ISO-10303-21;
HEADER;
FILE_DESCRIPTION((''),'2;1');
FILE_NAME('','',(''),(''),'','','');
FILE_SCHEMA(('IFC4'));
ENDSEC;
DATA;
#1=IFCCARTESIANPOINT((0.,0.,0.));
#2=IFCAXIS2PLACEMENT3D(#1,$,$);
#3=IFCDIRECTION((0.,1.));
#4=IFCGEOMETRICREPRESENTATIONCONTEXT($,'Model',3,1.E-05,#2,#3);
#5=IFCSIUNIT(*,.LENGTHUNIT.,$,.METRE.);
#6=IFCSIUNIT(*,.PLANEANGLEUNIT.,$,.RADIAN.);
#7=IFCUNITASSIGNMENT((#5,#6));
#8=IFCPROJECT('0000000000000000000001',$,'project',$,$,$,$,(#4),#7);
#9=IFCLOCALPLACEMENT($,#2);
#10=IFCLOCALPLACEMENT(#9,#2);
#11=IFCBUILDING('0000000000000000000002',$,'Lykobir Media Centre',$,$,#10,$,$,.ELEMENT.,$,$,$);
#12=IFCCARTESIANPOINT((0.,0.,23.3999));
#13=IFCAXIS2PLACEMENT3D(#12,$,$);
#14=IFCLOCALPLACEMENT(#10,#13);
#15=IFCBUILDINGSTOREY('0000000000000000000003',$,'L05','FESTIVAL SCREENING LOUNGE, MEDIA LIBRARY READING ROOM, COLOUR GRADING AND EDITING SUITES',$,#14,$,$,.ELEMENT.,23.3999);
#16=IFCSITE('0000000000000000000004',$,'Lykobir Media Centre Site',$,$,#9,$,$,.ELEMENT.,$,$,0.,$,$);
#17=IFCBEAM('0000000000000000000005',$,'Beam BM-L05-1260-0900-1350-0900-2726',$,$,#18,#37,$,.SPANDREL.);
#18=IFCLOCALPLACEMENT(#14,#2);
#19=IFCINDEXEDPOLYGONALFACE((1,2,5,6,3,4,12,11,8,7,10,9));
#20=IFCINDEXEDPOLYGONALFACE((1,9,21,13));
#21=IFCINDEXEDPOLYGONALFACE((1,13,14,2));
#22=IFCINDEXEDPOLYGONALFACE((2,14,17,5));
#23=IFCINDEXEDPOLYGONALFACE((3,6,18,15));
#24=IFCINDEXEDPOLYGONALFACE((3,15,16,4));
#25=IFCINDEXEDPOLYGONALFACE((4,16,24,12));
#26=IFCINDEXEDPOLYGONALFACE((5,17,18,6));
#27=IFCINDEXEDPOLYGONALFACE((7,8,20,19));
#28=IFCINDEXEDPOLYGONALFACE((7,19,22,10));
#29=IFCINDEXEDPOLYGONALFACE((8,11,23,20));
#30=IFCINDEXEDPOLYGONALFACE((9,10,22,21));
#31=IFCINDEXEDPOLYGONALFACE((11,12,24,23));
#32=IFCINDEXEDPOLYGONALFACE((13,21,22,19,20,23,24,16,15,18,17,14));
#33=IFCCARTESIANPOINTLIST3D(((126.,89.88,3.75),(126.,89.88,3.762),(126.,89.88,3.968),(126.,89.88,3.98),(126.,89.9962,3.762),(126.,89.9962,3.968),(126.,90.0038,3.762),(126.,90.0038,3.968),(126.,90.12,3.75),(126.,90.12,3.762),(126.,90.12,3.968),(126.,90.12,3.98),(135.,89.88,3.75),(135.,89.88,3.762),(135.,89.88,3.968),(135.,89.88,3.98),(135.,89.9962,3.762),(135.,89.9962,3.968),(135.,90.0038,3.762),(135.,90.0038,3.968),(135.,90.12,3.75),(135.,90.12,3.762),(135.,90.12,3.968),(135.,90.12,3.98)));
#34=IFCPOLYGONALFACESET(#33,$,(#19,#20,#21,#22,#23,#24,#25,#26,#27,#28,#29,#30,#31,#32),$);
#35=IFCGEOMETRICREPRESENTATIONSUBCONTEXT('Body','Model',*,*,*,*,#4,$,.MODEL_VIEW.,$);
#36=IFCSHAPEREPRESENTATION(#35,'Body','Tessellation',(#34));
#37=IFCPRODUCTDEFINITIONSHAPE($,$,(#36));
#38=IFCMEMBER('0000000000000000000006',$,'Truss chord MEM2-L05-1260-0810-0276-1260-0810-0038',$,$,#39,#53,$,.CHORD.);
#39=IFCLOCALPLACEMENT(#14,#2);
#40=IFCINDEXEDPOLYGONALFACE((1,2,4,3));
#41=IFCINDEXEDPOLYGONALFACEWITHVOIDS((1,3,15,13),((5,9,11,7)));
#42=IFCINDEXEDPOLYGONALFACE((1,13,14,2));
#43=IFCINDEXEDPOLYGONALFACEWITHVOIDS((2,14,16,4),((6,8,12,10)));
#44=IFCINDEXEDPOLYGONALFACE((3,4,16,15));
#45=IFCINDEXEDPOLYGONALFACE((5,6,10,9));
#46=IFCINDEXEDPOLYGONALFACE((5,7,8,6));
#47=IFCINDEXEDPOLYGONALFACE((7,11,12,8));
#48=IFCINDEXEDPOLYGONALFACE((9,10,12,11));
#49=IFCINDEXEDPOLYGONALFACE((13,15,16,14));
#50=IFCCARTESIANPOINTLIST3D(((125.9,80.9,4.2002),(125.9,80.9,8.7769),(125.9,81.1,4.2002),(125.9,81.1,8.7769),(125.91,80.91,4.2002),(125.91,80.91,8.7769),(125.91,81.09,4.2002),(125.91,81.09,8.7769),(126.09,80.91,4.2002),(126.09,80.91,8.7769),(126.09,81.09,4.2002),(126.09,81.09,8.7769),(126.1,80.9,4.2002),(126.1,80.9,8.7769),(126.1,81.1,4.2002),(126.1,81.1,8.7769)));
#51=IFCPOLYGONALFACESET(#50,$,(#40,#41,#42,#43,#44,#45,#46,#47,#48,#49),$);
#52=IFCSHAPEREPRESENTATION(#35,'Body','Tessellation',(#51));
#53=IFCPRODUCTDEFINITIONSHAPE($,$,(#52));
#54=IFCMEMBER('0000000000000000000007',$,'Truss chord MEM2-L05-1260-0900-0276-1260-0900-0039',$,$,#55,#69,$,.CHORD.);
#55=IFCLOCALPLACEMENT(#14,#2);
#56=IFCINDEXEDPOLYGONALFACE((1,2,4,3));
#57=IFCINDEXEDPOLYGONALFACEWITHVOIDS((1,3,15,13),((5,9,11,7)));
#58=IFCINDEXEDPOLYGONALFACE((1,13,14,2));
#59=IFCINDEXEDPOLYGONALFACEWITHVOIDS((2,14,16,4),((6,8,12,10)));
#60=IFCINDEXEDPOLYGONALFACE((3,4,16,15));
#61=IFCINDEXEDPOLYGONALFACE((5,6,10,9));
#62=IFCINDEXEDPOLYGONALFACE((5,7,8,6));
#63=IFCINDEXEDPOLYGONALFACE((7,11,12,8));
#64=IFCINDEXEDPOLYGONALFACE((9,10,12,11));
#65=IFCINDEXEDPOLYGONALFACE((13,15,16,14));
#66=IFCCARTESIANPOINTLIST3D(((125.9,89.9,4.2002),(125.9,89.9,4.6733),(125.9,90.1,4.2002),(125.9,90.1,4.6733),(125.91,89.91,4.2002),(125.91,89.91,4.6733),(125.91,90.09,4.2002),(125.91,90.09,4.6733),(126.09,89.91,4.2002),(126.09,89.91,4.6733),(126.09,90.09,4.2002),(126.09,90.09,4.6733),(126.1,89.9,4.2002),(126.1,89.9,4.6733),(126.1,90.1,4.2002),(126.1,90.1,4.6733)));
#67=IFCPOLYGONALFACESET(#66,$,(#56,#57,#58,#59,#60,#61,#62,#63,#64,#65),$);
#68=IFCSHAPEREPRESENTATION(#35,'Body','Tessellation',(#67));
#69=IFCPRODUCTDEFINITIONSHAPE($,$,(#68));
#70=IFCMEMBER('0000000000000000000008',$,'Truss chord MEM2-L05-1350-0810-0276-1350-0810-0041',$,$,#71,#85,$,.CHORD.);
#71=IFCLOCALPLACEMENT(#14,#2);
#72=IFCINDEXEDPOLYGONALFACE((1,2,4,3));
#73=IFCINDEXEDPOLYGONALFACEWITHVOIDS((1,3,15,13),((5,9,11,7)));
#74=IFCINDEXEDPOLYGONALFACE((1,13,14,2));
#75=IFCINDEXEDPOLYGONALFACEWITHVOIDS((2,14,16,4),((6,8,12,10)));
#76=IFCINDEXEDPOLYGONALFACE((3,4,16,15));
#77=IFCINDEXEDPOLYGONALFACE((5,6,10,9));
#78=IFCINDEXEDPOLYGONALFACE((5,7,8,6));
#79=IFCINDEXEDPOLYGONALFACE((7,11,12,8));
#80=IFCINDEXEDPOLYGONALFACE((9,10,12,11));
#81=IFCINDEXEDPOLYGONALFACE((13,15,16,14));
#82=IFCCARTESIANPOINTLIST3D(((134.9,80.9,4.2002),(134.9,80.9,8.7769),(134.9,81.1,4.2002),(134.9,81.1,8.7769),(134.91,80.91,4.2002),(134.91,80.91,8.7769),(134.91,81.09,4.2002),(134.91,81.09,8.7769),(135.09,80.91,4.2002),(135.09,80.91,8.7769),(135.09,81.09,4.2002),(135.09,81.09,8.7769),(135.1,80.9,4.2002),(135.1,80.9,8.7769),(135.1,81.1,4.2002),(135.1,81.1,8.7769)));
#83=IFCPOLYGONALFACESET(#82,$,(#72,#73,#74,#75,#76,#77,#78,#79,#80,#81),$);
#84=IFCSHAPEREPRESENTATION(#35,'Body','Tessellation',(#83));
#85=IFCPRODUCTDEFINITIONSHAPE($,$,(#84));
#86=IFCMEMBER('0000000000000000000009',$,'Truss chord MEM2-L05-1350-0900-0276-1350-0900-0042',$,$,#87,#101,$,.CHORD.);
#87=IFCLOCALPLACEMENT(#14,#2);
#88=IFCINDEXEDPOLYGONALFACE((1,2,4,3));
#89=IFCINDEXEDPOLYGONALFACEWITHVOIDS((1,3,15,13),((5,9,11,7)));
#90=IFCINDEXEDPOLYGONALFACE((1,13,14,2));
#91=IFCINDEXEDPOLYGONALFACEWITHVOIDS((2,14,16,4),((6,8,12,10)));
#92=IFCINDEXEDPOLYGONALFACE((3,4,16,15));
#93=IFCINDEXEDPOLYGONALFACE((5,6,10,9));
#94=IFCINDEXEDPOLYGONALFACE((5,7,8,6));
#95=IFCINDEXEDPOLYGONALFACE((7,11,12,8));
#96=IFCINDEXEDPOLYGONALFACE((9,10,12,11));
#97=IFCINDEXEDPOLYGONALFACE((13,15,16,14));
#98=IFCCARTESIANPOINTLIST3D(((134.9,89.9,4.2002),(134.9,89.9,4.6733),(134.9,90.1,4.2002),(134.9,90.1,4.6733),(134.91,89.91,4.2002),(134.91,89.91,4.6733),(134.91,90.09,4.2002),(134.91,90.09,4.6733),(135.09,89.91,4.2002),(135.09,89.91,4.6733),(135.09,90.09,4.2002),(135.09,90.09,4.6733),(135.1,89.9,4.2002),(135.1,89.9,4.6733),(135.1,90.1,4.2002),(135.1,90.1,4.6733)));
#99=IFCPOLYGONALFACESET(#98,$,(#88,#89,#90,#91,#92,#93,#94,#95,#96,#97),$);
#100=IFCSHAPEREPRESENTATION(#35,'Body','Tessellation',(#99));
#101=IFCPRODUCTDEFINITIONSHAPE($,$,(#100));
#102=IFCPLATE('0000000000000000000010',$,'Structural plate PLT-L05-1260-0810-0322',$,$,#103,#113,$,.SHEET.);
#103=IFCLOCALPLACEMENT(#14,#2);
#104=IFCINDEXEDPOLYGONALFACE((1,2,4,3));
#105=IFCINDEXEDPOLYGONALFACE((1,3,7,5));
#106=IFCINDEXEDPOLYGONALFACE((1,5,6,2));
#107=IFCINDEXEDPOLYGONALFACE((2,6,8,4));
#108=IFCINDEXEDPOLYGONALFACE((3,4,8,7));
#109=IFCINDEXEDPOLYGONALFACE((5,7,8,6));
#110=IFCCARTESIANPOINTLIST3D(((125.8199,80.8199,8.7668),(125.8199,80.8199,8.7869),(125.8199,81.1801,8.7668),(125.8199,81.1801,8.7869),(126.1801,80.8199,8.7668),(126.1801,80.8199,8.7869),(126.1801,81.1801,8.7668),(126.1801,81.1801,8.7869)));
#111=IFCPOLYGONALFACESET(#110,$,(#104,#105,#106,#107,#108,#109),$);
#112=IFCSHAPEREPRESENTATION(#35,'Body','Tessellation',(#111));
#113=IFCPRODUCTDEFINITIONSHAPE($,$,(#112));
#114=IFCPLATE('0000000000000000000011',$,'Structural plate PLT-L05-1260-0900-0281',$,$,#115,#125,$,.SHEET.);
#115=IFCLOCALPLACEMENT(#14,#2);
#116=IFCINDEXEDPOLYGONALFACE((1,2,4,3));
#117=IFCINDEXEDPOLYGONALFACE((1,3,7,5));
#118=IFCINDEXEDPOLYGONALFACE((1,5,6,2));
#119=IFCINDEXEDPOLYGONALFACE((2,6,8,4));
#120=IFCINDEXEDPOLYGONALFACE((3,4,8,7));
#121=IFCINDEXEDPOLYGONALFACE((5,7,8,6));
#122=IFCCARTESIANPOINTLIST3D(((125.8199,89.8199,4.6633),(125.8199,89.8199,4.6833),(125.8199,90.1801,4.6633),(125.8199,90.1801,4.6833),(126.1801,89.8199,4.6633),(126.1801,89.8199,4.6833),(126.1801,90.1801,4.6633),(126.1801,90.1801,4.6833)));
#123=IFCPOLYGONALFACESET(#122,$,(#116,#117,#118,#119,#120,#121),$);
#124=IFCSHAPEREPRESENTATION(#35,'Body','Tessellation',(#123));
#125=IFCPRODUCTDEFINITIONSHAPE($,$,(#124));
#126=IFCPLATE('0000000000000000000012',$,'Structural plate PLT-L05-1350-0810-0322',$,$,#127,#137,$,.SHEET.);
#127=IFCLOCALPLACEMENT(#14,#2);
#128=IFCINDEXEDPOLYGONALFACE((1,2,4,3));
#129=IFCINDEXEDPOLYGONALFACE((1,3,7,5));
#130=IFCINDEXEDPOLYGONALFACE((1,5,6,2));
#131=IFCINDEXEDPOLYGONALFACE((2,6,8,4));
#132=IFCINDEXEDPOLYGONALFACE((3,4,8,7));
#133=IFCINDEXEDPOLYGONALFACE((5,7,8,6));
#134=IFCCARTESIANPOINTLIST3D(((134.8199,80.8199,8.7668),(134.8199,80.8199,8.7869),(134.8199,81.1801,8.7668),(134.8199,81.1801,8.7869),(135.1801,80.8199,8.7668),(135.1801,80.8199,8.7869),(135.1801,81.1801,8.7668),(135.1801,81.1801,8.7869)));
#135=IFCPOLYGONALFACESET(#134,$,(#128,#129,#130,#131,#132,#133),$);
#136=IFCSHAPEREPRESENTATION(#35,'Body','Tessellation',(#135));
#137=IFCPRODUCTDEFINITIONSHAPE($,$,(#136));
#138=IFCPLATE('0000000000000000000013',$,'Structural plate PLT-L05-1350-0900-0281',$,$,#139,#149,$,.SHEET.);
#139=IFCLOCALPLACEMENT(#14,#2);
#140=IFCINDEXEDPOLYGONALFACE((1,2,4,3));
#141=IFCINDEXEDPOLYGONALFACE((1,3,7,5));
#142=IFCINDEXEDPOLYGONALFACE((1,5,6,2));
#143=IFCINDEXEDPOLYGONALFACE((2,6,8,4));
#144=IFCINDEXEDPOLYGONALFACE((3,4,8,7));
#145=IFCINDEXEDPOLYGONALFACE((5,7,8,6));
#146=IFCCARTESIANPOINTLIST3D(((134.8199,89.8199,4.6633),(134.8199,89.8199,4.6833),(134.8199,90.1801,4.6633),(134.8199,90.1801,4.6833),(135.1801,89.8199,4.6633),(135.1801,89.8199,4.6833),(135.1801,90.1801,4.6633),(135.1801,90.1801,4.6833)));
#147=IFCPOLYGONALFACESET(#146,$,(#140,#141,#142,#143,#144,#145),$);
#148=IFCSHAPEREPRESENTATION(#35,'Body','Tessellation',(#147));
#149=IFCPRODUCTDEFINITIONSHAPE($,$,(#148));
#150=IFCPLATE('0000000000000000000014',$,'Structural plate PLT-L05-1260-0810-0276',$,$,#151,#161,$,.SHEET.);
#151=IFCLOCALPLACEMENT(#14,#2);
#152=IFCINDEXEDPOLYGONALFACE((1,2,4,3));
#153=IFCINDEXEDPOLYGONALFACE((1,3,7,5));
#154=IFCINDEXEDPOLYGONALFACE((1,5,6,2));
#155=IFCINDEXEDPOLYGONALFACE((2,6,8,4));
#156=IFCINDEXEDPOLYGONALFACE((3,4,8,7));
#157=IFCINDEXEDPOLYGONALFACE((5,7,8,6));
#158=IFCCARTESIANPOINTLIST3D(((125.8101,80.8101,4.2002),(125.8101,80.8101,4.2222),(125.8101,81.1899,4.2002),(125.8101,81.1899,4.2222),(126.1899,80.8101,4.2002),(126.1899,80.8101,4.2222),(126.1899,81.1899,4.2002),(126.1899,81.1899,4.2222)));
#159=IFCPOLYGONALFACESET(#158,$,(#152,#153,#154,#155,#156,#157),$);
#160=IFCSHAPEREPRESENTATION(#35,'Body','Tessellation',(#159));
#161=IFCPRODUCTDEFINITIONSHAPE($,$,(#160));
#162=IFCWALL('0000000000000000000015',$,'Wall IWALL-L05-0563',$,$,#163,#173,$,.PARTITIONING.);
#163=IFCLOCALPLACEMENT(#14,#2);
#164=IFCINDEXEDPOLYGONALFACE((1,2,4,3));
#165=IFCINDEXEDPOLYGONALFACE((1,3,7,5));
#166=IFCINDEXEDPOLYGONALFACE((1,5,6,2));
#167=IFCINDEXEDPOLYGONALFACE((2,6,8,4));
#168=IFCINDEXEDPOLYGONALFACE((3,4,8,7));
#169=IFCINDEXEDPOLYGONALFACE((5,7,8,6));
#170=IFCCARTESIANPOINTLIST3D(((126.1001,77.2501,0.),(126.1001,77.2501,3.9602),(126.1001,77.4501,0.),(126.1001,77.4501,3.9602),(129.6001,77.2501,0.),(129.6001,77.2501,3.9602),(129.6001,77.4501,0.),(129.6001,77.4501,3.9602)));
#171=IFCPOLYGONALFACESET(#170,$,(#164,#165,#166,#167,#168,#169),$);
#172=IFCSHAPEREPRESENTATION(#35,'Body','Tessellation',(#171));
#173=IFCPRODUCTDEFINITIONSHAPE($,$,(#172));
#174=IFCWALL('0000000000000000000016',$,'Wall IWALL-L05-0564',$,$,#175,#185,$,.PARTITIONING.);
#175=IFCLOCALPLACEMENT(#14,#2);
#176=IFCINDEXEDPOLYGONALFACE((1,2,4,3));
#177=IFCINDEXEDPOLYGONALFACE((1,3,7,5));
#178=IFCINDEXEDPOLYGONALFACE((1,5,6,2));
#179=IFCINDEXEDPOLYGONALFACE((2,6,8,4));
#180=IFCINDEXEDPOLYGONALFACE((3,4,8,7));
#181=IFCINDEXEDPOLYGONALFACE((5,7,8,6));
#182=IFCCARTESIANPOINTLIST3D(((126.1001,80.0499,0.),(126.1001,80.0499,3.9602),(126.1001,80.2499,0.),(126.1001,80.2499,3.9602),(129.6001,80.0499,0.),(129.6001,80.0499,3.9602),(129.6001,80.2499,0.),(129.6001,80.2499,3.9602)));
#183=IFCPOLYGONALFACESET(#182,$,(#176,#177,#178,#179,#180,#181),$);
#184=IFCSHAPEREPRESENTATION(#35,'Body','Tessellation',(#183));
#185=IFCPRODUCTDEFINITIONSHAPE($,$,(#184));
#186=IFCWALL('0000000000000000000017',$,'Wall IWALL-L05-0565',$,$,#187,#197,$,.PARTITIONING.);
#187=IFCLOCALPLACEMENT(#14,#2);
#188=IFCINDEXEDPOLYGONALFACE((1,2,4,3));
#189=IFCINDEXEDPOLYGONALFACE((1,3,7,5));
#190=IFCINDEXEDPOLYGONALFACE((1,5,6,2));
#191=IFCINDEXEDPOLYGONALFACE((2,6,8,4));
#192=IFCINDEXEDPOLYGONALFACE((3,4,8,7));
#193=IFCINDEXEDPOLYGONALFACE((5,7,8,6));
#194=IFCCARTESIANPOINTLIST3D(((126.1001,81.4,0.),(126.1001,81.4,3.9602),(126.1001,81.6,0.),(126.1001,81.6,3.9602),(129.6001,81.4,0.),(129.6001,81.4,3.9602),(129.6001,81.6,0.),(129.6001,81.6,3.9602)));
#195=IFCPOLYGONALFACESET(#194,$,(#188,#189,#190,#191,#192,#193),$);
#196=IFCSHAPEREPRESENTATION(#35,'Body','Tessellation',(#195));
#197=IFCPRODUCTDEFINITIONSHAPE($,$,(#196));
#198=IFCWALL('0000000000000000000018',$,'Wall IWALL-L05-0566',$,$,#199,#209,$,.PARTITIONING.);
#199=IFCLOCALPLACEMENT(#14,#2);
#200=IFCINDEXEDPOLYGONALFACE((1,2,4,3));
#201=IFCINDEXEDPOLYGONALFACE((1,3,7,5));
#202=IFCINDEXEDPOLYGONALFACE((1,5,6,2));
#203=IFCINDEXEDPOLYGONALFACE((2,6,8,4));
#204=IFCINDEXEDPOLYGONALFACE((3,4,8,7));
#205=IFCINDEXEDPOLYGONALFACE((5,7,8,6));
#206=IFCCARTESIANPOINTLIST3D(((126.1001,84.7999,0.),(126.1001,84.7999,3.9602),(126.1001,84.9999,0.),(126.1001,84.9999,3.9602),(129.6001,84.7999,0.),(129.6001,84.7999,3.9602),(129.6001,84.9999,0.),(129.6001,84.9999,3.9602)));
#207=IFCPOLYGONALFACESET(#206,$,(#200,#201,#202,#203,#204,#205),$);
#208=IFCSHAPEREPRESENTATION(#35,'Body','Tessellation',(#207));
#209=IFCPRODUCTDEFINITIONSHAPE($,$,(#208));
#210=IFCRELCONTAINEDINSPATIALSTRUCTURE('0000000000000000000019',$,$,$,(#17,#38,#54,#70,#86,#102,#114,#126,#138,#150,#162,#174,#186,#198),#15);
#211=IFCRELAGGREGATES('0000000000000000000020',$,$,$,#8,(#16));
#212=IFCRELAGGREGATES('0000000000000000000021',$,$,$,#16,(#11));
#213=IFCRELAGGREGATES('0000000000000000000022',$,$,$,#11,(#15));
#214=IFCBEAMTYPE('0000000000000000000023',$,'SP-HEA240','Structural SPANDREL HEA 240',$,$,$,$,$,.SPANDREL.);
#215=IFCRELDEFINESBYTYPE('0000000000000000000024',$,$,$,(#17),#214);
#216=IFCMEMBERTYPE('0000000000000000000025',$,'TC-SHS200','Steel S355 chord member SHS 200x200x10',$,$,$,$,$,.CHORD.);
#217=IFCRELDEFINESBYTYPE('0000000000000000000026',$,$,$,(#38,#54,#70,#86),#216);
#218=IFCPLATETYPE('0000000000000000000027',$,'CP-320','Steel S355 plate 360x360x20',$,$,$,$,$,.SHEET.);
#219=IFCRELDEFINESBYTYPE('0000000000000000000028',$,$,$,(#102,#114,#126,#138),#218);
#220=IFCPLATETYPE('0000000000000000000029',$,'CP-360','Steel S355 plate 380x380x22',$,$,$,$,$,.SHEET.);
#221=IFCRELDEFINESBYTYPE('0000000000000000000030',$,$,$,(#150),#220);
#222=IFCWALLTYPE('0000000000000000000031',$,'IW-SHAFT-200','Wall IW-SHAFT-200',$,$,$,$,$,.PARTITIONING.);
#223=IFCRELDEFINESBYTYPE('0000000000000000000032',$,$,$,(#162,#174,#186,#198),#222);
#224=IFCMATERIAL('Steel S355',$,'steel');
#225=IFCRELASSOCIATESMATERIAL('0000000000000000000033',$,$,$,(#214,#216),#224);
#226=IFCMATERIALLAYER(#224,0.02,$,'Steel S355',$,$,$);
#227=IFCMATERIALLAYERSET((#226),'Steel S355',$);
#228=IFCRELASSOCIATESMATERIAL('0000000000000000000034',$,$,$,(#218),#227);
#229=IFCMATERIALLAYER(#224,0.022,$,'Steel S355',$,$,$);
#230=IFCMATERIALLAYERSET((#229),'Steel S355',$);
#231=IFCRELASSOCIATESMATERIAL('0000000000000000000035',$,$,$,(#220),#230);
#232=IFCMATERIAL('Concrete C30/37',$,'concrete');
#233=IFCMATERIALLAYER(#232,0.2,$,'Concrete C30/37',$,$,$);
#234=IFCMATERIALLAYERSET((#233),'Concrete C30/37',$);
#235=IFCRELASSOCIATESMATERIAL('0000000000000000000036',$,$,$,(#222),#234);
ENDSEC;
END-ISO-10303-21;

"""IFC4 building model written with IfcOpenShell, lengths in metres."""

from ifc_helpers import new_model, si_unit, direction, frame, frame_2d, origin, origin_2d, place, context, subcontext, project, spatial, rectangle, hollow_rectangle, i_section, extrude, material, layer, layer_set, material_profile, profile_set, type_object, element, save


model = new_model("IFC4")

# Units and contexts
model_context = context("Model", 3, precision=1e-05, world=origin(), true_north=direction((0.0, 1.0)))
body_context = subcontext(model_context, "Body", "Model", "MODEL_VIEW")
ifc_project = project(units=[si_unit("LENGTHUNIT", "METRE"), si_unit("PLANEANGLEUNIT", "RADIAN")], contexts=[model_context])

# Site, building, storey
site_placement = place(None, origin())
site = spatial("IfcSite", under=ifc_project, at=site_placement, Name="Lykobir Media Centre Site", CompositionType="ELEMENT", RefElevation=0.0)
building_placement = place(site_placement, origin())
building = spatial("IfcBuilding", under=site, at=building_placement, Name="Lykobir Media Centre", CompositionType="ELEMENT")
storey_placement = place(building_placement, frame((0.0, 0.0, 23.3999)))
storey = spatial("IfcBuildingStorey", under=building, at=storey_placement, Name="L05", Description="FESTIVAL SCREENING LOUNGE, MEDIA LIBRARY READING ROOM, COLOUR GRADING AND EDITING SUITES", CompositionType="ELEMENT", Elevation=23.3999)

# Shared definitions
ifc_material_1 = material(Name="Steel S355", Category="steel")

# Beam
ifc_material_profile_1 = material_profile(ifc_material_1, i_section(OverallWidth=0.24, OverallDepth=0.23, WebThickness=0.0076, FlangeThickness=0.012, at=origin_2d()), Name="HEA 240")
ifc_profile_set_1 = profile_set([ifc_material_profile_1], Name="Steel S355")
beam_type_1 = type_object("IfcBeamType", Name="SP-HEA240", Description="Structural SPANDREL HEA 240", PredefinedType="SPANDREL", material=ifc_profile_set_1)
beam_placement = place(storey_placement, frame((126.0, 90.0, 3.865), z_axis=(1.0, 0.0, 0.0), x_axis=(0.0, 1.0, 0.0)))
element("IfcBeam", 1, at=beam_placement, inside=storey, type_object=beam_type_1, Name="Beam BM-L05-1260-0900-1350-0900-2726", PredefinedType="SPANDREL", context=body_context, shape_type="SweptSolid", body=[
    extrude(i_section(OverallWidth=0.24, OverallDepth=0.23, WebThickness=0.0076, FlangeThickness=0.012, at=origin_2d()), origin(), (0.0, 0.0, 1.0), 9.0),
])

# Members
ifc_material_profile_2 = material_profile(ifc_material_1, hollow_rectangle(XDim=0.2, YDim=0.2, WallThickness=0.01, at=origin_2d()), Name="SHS 200x200x10")
ifc_profile_set_2 = profile_set([ifc_material_profile_2], Name="Steel S355")
member_type = type_object("IfcMemberType", Name="TC-SHS200", Description="Steel S355 chord member SHS 200x200x10", PredefinedType="CHORD", material=ifc_profile_set_2)
member_1_placement = place(storey_placement, frame((126.0, 81.0, 4.2002), z_axis=(0.0, 0.0, 1.0), x_axis=(1.0, 0.0, 0.0)))
element("IfcMember", 2, at=member_1_placement, inside=storey, type_object=member_type, Name="Truss chord MEM2-L05-1260-0810-0276-1260-0810-0038", PredefinedType="CHORD", context=body_context, shape_type="SweptSolid", body=[
    extrude(hollow_rectangle(XDim=0.2, YDim=0.2, WallThickness=0.01, at=origin_2d()), origin(), (0.0, 0.0, 1.0), 4.5767),
])
member_2_placement = place(storey_placement, frame((126.0, 90.0, 4.2002), z_axis=(0.0, 0.0, 1.0), x_axis=(1.0, 0.0, 0.0)))
element("IfcMember", 3, at=member_2_placement, inside=storey, type_object=member_type, Name="Truss chord MEM2-L05-1260-0900-0276-1260-0900-0039", PredefinedType="CHORD", context=body_context, shape_type="SweptSolid", body=[
    extrude(hollow_rectangle(XDim=0.2, YDim=0.2, WallThickness=0.01, at=origin_2d()), origin(), (0.0, 0.0, 1.0), 0.4731),
])
member_3_placement = place(storey_placement, frame((135.0, 81.0, 4.2002), z_axis=(0.0, 0.0, 1.0), x_axis=(1.0, 0.0, 0.0)))
element("IfcMember", 4, at=member_3_placement, inside=storey, type_object=member_type, Name="Truss chord MEM2-L05-1350-0810-0276-1350-0810-0041", PredefinedType="CHORD", context=body_context, shape_type="SweptSolid", body=[
    extrude(hollow_rectangle(XDim=0.2, YDim=0.2, WallThickness=0.01, at=origin_2d()), origin(), (0.0, 0.0, 1.0), 4.5767),
])
member_4_placement = place(storey_placement, frame((135.0, 90.0, 4.2002), z_axis=(0.0, 0.0, 1.0), x_axis=(1.0, 0.0, 0.0)))
element("IfcMember", 5, at=member_4_placement, inside=storey, type_object=member_type, Name="Truss chord MEM2-L05-1350-0900-0276-1350-0900-0042", PredefinedType="CHORD", context=body_context, shape_type="SweptSolid", body=[
    extrude(hollow_rectangle(XDim=0.2, YDim=0.2, WallThickness=0.01, at=origin_2d()), origin(), (0.0, 0.0, 1.0), 0.4731),
])

# Plates
ifc_layer_1 = layer(ifc_material_1, 0.02, Name="Steel S355")
ifc_layer_set_1 = layer_set([ifc_layer_1], Name="Steel S355")
plate_type_1 = type_object("IfcPlateType", Name="CP-320", Description="Steel S355 plate 360x360x20", PredefinedType="SHEET", material=ifc_layer_set_1)
for number, where, z_axis, x_axis, name in (
    (6, (126.0, 81.0, 8.7668), (0.0, 0.0, 1.0), (1.0, 0.0, 0.0), "Structural plate PLT-L05-1260-0810-0322"),
    (7, (126.0, 90.0, 4.6633), (0.0, 0.0, 1.0), (1.0, 0.0, 0.0), "Structural plate PLT-L05-1260-0900-0281"),
    (8, (135.0, 81.0, 8.7668), (0.0, 0.0, 1.0), (1.0, 0.0, 0.0), "Structural plate PLT-L05-1350-0810-0322"),
    (9, (135.0, 90.0, 4.6633), (0.0, 0.0, 1.0), (1.0, 0.0, 0.0), "Structural plate PLT-L05-1350-0900-0281"),
):
    element("IfcPlate", number, at=place(storey_placement, frame(where, z_axis=z_axis, x_axis=x_axis)), inside=storey, type_object=plate_type_1, Name=name, PredefinedType="SHEET", context=body_context, shape_type="SweptSolid", body=[
        extrude(rectangle(XDim=0.3601, YDim=0.3601, at=origin_2d()), origin(), (0.0, 0.0, 1.0), 0.02),
    ])
ifc_layer_2 = layer(ifc_material_1, 0.022, Name="Steel S355")
ifc_layer_set_2 = layer_set([ifc_layer_2], Name="Steel S355")
plate_type_2 = type_object("IfcPlateType", Name="CP-360", Description="Steel S355 plate 380x380x22", PredefinedType="SHEET", material=ifc_layer_set_2)
plate_placement = place(storey_placement, frame((126.0, 81.0, 4.2002), z_axis=(0.0, 0.0, 1.0), x_axis=(1.0, 0.0, 0.0)))
element("IfcPlate", 10, at=plate_placement, inside=storey, type_object=plate_type_2, Name="Structural plate PLT-L05-1260-0810-0276", PredefinedType="SHEET", context=body_context, shape_type="SweptSolid", body=[
    extrude(rectangle(XDim=0.3799, YDim=0.3799, at=origin_2d()), origin(), (0.0, 0.0, 1.0), 0.022),
])

# Walls
ifc_material_2 = material(Name="Concrete C30/37", Category="concrete")
ifc_layer_3 = layer(ifc_material_2, 0.2, Name="Concrete C30/37")
ifc_layer_set_3 = layer_set([ifc_layer_3], Name="Concrete C30/37")
wall_type_1 = type_object("IfcWallType", Name="IW-SHAFT-200", Description="Wall IW-SHAFT-200", PredefinedType="PARTITIONING", material=ifc_layer_set_3)
for number, where, z_axis, x_axis, name in (
    (11, (126.1001, 77.3501, 0.0), (0.0, 0.0, 1.0), (1.0, 0.0, 0.0), "Wall IWALL-L05-0563"),
    (12, (126.1001, 80.1499, 0.0), (0.0, 0.0, 1.0), (1.0, 0.0, 0.0), "Wall IWALL-L05-0564"),
    (13, (126.1001, 81.5, 0.0), (0.0, 0.0, 1.0), (1.0, 0.0, 0.0), "Wall IWALL-L05-0565"),
    (14, (126.1001, 84.8999, 0.0), (0.0, 0.0, 1.0), (1.0, 0.0, 0.0), "Wall IWALL-L05-0566"),
):
    element("IfcWall", number, at=place(storey_placement, frame(where, z_axis=z_axis, x_axis=x_axis)), inside=storey, type_object=wall_type_1, Name=name, PredefinedType="PARTITIONING", context=body_context, shape_type="SweptSolid", body=[
        extrude(rectangle(XDim=3.5, YDim=0.2, at=frame_2d((1.75, 0.0))), origin(), (0.0, 0.0, 1.0), 3.9602),
    ])

save(model, "model.ifc")
